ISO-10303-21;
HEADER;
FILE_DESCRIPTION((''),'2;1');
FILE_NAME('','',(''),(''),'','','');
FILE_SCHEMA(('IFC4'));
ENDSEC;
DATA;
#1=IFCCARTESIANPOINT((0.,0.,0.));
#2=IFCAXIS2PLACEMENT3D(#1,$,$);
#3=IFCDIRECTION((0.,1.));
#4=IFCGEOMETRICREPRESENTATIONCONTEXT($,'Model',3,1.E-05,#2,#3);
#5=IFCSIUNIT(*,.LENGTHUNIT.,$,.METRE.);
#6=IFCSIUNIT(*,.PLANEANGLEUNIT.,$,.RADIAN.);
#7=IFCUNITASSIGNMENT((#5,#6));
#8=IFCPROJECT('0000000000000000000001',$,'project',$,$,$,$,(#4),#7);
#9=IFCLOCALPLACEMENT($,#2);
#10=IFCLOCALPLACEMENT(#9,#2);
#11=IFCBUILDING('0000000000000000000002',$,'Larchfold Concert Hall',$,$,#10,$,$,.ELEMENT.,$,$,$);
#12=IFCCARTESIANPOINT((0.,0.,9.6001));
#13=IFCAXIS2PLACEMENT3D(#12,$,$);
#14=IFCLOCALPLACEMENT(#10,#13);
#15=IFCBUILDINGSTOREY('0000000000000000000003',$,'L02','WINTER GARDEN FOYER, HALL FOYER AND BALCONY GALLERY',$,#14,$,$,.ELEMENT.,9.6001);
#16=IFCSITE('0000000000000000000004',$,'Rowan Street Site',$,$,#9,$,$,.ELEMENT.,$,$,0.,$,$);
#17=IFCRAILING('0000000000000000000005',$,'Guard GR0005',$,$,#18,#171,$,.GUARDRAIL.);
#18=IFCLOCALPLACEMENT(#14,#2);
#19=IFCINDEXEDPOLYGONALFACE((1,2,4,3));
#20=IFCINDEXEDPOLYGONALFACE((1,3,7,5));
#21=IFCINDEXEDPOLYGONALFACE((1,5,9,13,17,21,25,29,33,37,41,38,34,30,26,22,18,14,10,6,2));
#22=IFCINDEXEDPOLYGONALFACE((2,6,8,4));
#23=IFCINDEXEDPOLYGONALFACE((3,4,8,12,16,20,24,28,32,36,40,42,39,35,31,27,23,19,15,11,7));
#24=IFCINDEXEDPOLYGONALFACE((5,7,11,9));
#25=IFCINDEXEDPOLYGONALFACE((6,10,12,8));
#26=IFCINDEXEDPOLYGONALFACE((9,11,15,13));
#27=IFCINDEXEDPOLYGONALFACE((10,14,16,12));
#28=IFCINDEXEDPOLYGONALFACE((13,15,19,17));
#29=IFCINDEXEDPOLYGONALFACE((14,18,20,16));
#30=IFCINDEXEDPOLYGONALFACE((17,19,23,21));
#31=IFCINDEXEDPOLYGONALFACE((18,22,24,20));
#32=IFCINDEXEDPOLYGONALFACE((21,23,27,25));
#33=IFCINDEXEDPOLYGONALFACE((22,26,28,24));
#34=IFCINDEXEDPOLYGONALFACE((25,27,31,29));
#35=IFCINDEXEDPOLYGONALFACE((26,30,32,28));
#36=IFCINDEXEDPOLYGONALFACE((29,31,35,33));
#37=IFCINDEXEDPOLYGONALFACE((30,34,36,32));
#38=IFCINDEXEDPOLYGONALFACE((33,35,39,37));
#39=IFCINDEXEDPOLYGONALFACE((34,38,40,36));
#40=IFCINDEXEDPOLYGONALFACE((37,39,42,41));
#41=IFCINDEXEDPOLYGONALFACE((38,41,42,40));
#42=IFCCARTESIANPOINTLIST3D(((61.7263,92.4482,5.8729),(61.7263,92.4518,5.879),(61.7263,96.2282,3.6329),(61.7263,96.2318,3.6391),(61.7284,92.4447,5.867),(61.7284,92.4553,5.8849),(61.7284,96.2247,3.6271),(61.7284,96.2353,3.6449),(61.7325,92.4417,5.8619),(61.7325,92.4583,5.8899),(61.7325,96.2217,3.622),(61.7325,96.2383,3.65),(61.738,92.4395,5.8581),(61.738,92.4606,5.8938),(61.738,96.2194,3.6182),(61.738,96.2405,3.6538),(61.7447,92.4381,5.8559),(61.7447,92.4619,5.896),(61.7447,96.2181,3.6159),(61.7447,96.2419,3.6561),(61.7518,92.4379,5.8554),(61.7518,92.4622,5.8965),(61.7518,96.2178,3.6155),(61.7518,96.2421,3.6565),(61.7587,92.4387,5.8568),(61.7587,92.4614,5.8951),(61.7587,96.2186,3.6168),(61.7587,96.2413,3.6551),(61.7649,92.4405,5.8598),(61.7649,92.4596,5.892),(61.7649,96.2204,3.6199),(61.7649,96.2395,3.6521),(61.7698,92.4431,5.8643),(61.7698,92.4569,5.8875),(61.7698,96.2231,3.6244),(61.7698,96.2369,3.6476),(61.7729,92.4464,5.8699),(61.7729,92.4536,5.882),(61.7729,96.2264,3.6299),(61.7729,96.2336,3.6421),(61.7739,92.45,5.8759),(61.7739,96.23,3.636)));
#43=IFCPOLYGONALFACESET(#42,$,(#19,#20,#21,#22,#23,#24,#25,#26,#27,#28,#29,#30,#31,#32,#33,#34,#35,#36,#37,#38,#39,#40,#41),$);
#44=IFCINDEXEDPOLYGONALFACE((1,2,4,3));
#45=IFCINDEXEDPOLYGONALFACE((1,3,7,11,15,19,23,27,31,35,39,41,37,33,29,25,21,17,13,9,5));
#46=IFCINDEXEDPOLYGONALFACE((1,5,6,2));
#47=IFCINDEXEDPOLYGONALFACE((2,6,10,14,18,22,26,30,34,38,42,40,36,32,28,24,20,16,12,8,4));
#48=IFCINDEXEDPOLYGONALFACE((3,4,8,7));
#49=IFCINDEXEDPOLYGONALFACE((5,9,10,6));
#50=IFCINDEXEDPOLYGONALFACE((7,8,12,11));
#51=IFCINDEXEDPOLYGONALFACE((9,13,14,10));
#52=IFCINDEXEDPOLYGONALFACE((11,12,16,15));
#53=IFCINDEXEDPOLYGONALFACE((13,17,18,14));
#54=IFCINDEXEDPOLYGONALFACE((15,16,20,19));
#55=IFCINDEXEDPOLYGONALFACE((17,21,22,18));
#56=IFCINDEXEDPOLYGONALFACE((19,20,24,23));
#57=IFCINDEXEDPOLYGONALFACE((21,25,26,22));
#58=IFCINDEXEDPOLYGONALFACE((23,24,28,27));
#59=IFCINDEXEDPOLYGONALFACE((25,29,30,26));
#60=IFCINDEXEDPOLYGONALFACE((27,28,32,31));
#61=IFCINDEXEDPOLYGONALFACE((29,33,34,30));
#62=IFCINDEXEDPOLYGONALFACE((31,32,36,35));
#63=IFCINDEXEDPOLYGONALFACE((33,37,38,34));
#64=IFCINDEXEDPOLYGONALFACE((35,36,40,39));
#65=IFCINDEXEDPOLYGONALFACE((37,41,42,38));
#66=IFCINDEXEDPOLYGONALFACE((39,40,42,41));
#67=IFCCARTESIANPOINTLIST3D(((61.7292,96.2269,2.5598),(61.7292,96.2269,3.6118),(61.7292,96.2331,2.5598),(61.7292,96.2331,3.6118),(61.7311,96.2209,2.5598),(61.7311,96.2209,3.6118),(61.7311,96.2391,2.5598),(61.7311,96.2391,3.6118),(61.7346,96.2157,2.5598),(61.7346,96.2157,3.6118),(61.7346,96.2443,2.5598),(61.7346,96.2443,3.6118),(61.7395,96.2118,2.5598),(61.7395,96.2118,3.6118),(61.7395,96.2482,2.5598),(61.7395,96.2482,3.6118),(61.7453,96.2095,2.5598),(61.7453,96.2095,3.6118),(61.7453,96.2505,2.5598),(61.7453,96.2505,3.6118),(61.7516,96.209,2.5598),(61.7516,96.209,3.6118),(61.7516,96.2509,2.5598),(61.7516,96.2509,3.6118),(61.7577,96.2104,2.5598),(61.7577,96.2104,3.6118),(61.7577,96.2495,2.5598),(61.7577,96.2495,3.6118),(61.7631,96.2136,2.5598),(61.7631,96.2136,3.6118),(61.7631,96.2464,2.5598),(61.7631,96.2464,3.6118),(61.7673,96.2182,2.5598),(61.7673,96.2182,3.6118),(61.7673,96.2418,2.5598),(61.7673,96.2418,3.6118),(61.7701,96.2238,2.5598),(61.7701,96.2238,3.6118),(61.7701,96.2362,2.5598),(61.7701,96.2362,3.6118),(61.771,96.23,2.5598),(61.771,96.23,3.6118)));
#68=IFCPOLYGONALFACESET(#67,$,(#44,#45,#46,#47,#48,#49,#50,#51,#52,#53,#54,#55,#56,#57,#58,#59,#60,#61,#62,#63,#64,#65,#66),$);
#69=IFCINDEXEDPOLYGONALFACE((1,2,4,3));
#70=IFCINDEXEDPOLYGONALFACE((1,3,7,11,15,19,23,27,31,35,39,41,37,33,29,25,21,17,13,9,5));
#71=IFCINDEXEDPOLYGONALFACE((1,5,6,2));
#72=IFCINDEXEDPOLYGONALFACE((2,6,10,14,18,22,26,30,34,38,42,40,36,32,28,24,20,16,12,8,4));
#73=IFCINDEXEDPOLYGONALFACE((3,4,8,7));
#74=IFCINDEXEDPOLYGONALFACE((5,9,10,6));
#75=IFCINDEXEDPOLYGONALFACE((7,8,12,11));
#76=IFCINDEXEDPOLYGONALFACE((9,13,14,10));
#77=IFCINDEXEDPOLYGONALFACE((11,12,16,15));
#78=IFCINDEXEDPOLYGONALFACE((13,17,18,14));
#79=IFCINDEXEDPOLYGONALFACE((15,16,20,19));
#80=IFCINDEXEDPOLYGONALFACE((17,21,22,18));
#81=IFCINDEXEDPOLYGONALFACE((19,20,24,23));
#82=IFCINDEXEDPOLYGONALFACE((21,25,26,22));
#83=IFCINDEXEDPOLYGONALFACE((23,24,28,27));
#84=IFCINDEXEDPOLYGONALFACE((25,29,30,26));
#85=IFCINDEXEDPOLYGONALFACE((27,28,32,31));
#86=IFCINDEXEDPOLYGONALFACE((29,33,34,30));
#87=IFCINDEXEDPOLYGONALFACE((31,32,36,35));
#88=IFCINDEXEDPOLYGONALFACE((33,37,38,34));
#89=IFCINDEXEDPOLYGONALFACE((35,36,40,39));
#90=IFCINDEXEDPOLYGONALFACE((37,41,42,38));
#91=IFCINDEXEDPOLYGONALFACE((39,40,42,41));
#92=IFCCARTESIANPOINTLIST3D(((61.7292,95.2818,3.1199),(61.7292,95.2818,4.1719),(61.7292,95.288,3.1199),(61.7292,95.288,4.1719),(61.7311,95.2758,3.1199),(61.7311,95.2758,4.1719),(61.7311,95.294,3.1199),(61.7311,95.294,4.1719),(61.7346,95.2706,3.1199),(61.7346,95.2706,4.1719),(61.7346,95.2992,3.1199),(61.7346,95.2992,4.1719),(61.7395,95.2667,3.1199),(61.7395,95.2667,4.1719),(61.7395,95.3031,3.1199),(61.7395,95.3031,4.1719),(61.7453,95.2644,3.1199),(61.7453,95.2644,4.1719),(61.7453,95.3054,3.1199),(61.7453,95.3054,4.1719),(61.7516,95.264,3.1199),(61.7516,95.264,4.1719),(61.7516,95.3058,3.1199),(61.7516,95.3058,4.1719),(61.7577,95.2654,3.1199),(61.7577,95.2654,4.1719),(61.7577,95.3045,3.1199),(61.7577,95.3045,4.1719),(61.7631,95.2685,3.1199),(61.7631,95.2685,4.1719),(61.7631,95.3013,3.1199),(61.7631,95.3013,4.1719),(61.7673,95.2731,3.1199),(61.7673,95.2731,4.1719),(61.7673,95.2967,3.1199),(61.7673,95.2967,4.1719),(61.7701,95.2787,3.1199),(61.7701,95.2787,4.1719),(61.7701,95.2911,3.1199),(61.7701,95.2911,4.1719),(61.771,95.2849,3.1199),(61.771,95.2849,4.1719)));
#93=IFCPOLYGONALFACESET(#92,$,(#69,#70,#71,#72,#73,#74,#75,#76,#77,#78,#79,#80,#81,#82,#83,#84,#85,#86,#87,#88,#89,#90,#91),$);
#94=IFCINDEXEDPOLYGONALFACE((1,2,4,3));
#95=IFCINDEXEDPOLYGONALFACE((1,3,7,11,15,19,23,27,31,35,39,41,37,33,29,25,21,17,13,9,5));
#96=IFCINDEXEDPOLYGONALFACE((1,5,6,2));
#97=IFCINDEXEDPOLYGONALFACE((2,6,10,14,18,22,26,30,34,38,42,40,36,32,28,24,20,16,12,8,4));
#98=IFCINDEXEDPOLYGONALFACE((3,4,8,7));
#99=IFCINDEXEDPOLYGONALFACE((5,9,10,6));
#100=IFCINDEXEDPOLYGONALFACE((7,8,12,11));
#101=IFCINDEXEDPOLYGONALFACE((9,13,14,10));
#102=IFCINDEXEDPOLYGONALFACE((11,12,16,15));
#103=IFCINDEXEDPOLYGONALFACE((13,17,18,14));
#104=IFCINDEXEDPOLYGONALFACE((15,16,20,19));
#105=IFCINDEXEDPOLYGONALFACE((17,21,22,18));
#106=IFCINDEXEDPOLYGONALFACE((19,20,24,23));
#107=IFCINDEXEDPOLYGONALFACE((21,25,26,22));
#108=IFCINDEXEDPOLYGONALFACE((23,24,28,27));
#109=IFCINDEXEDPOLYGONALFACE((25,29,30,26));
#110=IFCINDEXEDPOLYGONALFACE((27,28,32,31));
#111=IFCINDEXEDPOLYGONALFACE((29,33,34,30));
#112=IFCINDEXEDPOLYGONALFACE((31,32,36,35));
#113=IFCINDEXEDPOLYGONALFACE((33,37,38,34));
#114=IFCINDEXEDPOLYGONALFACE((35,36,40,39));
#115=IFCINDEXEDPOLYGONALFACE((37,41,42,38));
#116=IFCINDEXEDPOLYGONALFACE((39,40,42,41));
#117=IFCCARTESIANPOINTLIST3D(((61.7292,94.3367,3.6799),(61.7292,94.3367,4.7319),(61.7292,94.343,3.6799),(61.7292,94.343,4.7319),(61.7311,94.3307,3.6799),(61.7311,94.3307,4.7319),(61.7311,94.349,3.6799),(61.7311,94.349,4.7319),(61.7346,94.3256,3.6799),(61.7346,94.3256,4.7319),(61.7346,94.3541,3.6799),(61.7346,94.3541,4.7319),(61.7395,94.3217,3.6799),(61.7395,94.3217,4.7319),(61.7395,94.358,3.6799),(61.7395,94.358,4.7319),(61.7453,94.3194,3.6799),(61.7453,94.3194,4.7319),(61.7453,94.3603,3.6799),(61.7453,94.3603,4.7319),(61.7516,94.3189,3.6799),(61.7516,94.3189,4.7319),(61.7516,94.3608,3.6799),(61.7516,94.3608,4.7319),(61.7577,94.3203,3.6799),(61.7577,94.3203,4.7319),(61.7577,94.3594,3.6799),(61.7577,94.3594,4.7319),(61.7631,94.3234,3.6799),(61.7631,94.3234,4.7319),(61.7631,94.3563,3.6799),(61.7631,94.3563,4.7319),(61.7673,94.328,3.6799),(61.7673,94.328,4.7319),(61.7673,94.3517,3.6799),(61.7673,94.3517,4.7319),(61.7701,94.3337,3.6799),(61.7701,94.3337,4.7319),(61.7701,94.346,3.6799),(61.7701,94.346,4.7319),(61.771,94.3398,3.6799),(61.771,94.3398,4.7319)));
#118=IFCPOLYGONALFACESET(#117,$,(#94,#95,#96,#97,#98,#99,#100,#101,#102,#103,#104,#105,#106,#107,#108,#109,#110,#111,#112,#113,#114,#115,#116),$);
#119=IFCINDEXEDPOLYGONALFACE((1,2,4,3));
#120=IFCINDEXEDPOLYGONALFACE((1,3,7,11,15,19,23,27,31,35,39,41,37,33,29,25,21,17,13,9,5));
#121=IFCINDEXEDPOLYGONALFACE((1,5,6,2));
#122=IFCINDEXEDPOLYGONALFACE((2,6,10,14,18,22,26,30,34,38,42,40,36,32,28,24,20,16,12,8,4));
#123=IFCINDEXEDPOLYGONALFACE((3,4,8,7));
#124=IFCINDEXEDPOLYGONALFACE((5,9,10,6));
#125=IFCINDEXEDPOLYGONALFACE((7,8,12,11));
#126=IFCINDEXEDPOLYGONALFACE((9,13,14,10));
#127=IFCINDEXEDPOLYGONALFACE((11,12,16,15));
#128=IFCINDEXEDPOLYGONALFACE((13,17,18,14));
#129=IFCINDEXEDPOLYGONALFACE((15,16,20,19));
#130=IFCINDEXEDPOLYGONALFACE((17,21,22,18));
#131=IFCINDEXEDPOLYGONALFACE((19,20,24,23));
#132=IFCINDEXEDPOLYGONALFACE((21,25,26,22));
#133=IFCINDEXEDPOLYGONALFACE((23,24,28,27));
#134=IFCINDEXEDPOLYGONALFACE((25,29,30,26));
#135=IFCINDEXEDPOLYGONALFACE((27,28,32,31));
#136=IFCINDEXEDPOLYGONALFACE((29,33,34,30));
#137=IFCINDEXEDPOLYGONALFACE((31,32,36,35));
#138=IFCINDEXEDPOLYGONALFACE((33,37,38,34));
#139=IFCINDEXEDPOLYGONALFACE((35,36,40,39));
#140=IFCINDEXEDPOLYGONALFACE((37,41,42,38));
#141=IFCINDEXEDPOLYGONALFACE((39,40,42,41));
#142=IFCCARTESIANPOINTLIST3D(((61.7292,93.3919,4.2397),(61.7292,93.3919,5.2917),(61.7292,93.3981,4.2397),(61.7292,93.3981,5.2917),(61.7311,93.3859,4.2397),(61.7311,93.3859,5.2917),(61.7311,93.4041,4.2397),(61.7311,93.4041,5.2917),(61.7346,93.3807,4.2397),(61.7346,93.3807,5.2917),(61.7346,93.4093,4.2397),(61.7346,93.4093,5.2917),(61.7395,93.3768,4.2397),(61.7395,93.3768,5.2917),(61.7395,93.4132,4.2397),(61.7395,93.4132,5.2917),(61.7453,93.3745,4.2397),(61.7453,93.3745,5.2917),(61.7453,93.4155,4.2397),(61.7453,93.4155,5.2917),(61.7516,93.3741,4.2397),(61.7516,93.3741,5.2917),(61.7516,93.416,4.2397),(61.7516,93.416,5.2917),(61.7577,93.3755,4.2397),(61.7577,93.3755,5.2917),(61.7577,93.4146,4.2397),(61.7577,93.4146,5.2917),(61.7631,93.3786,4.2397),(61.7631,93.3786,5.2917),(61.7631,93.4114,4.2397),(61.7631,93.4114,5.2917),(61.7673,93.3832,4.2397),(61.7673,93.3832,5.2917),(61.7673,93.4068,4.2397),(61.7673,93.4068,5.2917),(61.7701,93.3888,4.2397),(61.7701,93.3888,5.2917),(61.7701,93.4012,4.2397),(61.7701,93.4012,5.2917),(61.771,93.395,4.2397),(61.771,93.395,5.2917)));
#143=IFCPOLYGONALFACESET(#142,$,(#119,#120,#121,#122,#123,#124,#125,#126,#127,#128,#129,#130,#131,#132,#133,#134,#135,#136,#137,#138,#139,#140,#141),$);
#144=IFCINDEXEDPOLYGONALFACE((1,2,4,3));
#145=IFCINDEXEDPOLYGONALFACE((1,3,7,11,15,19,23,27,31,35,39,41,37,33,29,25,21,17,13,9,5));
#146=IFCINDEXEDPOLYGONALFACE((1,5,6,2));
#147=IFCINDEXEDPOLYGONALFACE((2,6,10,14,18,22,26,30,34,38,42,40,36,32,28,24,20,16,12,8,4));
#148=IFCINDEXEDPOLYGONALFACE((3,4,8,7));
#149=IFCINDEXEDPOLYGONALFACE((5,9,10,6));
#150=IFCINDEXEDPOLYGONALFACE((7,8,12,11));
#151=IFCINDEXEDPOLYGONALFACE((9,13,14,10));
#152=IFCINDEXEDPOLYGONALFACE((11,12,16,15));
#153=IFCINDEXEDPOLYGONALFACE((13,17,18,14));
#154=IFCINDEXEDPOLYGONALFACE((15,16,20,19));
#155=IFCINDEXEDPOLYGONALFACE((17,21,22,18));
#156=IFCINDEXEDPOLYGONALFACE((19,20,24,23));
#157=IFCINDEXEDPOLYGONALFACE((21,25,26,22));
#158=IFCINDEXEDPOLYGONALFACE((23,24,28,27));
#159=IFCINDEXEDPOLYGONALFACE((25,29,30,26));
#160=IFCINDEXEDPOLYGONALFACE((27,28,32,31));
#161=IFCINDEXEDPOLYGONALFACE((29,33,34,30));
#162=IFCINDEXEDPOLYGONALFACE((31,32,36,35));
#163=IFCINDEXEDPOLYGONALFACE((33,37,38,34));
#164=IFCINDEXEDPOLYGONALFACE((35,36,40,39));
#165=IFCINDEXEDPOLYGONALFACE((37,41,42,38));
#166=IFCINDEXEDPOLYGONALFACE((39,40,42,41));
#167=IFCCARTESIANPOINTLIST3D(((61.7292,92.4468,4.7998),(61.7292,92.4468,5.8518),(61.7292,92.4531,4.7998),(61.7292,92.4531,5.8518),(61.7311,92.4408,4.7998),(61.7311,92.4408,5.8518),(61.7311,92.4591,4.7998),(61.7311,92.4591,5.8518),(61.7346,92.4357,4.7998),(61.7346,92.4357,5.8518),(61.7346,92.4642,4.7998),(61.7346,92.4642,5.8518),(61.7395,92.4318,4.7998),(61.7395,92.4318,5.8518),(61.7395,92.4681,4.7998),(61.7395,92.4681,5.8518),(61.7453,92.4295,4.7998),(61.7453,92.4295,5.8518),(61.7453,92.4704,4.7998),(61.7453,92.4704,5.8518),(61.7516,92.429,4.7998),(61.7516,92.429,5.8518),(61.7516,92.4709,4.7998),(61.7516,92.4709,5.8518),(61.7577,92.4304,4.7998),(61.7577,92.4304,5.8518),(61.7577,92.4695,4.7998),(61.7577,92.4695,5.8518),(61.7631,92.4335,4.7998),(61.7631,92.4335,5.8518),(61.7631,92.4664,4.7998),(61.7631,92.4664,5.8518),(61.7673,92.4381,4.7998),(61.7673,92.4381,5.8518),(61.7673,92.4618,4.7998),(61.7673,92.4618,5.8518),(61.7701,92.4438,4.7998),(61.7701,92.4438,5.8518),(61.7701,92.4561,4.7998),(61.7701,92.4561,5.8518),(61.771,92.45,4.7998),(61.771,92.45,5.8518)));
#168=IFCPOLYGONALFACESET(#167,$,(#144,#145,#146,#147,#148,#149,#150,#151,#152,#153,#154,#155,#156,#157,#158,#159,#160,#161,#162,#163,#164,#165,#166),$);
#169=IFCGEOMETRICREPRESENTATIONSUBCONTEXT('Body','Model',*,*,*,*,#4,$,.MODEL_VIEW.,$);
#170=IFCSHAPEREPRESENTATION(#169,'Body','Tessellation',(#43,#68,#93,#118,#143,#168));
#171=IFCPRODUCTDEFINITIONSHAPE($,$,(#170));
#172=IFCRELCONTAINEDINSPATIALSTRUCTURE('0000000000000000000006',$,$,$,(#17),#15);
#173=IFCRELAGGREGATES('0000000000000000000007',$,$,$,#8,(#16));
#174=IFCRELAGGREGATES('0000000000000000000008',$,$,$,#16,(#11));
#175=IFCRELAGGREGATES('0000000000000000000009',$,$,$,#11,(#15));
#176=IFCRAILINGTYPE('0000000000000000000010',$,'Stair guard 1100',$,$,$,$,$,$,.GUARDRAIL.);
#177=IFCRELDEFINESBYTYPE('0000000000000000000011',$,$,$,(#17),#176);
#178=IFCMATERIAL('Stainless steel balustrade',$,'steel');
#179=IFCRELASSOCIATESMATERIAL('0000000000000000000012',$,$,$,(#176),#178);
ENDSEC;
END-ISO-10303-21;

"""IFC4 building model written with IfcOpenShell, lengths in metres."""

from ifc_helpers import new_model, si_unit, direction, frame, origin, origin_2d, place, context, subcontext, project, spatial, circle, extrude, material, type_object, element, save


model = new_model("IFC4")

# Units and contexts
model_context = context("Model", 3, precision=1e-05, world=origin(), true_north=direction((0.0, 1.0)))
body_context = subcontext(model_context, "Body", "Model", "MODEL_VIEW")
ifc_project = project(units=[si_unit("LENGTHUNIT", "METRE"), si_unit("PLANEANGLEUNIT", "RADIAN")], contexts=[model_context])

# Site, building, storey
site_placement = place(None, origin())
site = spatial("IfcSite", under=ifc_project, at=site_placement, Name="Rowan Street Site", CompositionType="ELEMENT", RefElevation=0.0)
building_placement = place(site_placement, origin())
building = spatial("IfcBuilding", under=site, at=building_placement, Name="Larchfold Concert Hall", CompositionType="ELEMENT")
storey_placement = place(building_placement, frame((0.0, 0.0, 9.6001)))
storey = spatial("IfcBuildingStorey", under=building, at=storey_placement, Name="L02", Description="WINTER GARDEN FOYER, HALL FOYER AND BALCONY GALLERY", CompositionType="ELEMENT", Elevation=9.6001)

# Railing
ifc_material_1 = material(Name="Stainless steel balustrade", Category="steel")
railing_type_1 = type_object("IfcRailingType", Name="Stair guard 1100", PredefinedType="GUARDRAIL", material=ifc_material_1)
railing_1_placement = place(storey_placement, frame((61.75, 96.23, 2.5598)))
element("IfcRailing", 1, at=railing_1_placement, inside=storey, type_object=railing_type_1, Name="Guard GR0005", PredefinedType="GUARDRAIL", context=body_context, shape_type="SweptSolid", body=[
    extrude(circle(Radius=0.0239, at=origin_2d()), frame((0.0, 0.0, 1.0762), z_axis=(0.0, -0.860294, 0.509798), x_axis=(1.0, 0.0, 0.0)), (0.0, 0.0, 1.0), 4.3938),
    extrude(circle(Radius=0.021, at=origin_2d()), origin(), (0.0, 0.0, 1.0), 1.052),
    extrude(circle(Radius=0.021, at=origin_2d()), frame((0.0, -0.9451, 0.5601)), (0.0, 0.0, 1.0), 1.052),
    extrude(circle(Radius=0.021, at=origin_2d()), frame((0.0, -1.8901, 1.1201)), (0.0, 0.0, 1.0), 1.052),
    extrude(circle(Radius=0.021, at=origin_2d()), frame((0.0, -2.835, 1.6799)), (0.0, 0.0, 1.0), 1.052),
    extrude(circle(Radius=0.021, at=origin_2d()), frame((0.0, -3.78, 2.24)), (0.0, 0.0, 1.0), 1.052),
])

save(model, "model.ifc")
